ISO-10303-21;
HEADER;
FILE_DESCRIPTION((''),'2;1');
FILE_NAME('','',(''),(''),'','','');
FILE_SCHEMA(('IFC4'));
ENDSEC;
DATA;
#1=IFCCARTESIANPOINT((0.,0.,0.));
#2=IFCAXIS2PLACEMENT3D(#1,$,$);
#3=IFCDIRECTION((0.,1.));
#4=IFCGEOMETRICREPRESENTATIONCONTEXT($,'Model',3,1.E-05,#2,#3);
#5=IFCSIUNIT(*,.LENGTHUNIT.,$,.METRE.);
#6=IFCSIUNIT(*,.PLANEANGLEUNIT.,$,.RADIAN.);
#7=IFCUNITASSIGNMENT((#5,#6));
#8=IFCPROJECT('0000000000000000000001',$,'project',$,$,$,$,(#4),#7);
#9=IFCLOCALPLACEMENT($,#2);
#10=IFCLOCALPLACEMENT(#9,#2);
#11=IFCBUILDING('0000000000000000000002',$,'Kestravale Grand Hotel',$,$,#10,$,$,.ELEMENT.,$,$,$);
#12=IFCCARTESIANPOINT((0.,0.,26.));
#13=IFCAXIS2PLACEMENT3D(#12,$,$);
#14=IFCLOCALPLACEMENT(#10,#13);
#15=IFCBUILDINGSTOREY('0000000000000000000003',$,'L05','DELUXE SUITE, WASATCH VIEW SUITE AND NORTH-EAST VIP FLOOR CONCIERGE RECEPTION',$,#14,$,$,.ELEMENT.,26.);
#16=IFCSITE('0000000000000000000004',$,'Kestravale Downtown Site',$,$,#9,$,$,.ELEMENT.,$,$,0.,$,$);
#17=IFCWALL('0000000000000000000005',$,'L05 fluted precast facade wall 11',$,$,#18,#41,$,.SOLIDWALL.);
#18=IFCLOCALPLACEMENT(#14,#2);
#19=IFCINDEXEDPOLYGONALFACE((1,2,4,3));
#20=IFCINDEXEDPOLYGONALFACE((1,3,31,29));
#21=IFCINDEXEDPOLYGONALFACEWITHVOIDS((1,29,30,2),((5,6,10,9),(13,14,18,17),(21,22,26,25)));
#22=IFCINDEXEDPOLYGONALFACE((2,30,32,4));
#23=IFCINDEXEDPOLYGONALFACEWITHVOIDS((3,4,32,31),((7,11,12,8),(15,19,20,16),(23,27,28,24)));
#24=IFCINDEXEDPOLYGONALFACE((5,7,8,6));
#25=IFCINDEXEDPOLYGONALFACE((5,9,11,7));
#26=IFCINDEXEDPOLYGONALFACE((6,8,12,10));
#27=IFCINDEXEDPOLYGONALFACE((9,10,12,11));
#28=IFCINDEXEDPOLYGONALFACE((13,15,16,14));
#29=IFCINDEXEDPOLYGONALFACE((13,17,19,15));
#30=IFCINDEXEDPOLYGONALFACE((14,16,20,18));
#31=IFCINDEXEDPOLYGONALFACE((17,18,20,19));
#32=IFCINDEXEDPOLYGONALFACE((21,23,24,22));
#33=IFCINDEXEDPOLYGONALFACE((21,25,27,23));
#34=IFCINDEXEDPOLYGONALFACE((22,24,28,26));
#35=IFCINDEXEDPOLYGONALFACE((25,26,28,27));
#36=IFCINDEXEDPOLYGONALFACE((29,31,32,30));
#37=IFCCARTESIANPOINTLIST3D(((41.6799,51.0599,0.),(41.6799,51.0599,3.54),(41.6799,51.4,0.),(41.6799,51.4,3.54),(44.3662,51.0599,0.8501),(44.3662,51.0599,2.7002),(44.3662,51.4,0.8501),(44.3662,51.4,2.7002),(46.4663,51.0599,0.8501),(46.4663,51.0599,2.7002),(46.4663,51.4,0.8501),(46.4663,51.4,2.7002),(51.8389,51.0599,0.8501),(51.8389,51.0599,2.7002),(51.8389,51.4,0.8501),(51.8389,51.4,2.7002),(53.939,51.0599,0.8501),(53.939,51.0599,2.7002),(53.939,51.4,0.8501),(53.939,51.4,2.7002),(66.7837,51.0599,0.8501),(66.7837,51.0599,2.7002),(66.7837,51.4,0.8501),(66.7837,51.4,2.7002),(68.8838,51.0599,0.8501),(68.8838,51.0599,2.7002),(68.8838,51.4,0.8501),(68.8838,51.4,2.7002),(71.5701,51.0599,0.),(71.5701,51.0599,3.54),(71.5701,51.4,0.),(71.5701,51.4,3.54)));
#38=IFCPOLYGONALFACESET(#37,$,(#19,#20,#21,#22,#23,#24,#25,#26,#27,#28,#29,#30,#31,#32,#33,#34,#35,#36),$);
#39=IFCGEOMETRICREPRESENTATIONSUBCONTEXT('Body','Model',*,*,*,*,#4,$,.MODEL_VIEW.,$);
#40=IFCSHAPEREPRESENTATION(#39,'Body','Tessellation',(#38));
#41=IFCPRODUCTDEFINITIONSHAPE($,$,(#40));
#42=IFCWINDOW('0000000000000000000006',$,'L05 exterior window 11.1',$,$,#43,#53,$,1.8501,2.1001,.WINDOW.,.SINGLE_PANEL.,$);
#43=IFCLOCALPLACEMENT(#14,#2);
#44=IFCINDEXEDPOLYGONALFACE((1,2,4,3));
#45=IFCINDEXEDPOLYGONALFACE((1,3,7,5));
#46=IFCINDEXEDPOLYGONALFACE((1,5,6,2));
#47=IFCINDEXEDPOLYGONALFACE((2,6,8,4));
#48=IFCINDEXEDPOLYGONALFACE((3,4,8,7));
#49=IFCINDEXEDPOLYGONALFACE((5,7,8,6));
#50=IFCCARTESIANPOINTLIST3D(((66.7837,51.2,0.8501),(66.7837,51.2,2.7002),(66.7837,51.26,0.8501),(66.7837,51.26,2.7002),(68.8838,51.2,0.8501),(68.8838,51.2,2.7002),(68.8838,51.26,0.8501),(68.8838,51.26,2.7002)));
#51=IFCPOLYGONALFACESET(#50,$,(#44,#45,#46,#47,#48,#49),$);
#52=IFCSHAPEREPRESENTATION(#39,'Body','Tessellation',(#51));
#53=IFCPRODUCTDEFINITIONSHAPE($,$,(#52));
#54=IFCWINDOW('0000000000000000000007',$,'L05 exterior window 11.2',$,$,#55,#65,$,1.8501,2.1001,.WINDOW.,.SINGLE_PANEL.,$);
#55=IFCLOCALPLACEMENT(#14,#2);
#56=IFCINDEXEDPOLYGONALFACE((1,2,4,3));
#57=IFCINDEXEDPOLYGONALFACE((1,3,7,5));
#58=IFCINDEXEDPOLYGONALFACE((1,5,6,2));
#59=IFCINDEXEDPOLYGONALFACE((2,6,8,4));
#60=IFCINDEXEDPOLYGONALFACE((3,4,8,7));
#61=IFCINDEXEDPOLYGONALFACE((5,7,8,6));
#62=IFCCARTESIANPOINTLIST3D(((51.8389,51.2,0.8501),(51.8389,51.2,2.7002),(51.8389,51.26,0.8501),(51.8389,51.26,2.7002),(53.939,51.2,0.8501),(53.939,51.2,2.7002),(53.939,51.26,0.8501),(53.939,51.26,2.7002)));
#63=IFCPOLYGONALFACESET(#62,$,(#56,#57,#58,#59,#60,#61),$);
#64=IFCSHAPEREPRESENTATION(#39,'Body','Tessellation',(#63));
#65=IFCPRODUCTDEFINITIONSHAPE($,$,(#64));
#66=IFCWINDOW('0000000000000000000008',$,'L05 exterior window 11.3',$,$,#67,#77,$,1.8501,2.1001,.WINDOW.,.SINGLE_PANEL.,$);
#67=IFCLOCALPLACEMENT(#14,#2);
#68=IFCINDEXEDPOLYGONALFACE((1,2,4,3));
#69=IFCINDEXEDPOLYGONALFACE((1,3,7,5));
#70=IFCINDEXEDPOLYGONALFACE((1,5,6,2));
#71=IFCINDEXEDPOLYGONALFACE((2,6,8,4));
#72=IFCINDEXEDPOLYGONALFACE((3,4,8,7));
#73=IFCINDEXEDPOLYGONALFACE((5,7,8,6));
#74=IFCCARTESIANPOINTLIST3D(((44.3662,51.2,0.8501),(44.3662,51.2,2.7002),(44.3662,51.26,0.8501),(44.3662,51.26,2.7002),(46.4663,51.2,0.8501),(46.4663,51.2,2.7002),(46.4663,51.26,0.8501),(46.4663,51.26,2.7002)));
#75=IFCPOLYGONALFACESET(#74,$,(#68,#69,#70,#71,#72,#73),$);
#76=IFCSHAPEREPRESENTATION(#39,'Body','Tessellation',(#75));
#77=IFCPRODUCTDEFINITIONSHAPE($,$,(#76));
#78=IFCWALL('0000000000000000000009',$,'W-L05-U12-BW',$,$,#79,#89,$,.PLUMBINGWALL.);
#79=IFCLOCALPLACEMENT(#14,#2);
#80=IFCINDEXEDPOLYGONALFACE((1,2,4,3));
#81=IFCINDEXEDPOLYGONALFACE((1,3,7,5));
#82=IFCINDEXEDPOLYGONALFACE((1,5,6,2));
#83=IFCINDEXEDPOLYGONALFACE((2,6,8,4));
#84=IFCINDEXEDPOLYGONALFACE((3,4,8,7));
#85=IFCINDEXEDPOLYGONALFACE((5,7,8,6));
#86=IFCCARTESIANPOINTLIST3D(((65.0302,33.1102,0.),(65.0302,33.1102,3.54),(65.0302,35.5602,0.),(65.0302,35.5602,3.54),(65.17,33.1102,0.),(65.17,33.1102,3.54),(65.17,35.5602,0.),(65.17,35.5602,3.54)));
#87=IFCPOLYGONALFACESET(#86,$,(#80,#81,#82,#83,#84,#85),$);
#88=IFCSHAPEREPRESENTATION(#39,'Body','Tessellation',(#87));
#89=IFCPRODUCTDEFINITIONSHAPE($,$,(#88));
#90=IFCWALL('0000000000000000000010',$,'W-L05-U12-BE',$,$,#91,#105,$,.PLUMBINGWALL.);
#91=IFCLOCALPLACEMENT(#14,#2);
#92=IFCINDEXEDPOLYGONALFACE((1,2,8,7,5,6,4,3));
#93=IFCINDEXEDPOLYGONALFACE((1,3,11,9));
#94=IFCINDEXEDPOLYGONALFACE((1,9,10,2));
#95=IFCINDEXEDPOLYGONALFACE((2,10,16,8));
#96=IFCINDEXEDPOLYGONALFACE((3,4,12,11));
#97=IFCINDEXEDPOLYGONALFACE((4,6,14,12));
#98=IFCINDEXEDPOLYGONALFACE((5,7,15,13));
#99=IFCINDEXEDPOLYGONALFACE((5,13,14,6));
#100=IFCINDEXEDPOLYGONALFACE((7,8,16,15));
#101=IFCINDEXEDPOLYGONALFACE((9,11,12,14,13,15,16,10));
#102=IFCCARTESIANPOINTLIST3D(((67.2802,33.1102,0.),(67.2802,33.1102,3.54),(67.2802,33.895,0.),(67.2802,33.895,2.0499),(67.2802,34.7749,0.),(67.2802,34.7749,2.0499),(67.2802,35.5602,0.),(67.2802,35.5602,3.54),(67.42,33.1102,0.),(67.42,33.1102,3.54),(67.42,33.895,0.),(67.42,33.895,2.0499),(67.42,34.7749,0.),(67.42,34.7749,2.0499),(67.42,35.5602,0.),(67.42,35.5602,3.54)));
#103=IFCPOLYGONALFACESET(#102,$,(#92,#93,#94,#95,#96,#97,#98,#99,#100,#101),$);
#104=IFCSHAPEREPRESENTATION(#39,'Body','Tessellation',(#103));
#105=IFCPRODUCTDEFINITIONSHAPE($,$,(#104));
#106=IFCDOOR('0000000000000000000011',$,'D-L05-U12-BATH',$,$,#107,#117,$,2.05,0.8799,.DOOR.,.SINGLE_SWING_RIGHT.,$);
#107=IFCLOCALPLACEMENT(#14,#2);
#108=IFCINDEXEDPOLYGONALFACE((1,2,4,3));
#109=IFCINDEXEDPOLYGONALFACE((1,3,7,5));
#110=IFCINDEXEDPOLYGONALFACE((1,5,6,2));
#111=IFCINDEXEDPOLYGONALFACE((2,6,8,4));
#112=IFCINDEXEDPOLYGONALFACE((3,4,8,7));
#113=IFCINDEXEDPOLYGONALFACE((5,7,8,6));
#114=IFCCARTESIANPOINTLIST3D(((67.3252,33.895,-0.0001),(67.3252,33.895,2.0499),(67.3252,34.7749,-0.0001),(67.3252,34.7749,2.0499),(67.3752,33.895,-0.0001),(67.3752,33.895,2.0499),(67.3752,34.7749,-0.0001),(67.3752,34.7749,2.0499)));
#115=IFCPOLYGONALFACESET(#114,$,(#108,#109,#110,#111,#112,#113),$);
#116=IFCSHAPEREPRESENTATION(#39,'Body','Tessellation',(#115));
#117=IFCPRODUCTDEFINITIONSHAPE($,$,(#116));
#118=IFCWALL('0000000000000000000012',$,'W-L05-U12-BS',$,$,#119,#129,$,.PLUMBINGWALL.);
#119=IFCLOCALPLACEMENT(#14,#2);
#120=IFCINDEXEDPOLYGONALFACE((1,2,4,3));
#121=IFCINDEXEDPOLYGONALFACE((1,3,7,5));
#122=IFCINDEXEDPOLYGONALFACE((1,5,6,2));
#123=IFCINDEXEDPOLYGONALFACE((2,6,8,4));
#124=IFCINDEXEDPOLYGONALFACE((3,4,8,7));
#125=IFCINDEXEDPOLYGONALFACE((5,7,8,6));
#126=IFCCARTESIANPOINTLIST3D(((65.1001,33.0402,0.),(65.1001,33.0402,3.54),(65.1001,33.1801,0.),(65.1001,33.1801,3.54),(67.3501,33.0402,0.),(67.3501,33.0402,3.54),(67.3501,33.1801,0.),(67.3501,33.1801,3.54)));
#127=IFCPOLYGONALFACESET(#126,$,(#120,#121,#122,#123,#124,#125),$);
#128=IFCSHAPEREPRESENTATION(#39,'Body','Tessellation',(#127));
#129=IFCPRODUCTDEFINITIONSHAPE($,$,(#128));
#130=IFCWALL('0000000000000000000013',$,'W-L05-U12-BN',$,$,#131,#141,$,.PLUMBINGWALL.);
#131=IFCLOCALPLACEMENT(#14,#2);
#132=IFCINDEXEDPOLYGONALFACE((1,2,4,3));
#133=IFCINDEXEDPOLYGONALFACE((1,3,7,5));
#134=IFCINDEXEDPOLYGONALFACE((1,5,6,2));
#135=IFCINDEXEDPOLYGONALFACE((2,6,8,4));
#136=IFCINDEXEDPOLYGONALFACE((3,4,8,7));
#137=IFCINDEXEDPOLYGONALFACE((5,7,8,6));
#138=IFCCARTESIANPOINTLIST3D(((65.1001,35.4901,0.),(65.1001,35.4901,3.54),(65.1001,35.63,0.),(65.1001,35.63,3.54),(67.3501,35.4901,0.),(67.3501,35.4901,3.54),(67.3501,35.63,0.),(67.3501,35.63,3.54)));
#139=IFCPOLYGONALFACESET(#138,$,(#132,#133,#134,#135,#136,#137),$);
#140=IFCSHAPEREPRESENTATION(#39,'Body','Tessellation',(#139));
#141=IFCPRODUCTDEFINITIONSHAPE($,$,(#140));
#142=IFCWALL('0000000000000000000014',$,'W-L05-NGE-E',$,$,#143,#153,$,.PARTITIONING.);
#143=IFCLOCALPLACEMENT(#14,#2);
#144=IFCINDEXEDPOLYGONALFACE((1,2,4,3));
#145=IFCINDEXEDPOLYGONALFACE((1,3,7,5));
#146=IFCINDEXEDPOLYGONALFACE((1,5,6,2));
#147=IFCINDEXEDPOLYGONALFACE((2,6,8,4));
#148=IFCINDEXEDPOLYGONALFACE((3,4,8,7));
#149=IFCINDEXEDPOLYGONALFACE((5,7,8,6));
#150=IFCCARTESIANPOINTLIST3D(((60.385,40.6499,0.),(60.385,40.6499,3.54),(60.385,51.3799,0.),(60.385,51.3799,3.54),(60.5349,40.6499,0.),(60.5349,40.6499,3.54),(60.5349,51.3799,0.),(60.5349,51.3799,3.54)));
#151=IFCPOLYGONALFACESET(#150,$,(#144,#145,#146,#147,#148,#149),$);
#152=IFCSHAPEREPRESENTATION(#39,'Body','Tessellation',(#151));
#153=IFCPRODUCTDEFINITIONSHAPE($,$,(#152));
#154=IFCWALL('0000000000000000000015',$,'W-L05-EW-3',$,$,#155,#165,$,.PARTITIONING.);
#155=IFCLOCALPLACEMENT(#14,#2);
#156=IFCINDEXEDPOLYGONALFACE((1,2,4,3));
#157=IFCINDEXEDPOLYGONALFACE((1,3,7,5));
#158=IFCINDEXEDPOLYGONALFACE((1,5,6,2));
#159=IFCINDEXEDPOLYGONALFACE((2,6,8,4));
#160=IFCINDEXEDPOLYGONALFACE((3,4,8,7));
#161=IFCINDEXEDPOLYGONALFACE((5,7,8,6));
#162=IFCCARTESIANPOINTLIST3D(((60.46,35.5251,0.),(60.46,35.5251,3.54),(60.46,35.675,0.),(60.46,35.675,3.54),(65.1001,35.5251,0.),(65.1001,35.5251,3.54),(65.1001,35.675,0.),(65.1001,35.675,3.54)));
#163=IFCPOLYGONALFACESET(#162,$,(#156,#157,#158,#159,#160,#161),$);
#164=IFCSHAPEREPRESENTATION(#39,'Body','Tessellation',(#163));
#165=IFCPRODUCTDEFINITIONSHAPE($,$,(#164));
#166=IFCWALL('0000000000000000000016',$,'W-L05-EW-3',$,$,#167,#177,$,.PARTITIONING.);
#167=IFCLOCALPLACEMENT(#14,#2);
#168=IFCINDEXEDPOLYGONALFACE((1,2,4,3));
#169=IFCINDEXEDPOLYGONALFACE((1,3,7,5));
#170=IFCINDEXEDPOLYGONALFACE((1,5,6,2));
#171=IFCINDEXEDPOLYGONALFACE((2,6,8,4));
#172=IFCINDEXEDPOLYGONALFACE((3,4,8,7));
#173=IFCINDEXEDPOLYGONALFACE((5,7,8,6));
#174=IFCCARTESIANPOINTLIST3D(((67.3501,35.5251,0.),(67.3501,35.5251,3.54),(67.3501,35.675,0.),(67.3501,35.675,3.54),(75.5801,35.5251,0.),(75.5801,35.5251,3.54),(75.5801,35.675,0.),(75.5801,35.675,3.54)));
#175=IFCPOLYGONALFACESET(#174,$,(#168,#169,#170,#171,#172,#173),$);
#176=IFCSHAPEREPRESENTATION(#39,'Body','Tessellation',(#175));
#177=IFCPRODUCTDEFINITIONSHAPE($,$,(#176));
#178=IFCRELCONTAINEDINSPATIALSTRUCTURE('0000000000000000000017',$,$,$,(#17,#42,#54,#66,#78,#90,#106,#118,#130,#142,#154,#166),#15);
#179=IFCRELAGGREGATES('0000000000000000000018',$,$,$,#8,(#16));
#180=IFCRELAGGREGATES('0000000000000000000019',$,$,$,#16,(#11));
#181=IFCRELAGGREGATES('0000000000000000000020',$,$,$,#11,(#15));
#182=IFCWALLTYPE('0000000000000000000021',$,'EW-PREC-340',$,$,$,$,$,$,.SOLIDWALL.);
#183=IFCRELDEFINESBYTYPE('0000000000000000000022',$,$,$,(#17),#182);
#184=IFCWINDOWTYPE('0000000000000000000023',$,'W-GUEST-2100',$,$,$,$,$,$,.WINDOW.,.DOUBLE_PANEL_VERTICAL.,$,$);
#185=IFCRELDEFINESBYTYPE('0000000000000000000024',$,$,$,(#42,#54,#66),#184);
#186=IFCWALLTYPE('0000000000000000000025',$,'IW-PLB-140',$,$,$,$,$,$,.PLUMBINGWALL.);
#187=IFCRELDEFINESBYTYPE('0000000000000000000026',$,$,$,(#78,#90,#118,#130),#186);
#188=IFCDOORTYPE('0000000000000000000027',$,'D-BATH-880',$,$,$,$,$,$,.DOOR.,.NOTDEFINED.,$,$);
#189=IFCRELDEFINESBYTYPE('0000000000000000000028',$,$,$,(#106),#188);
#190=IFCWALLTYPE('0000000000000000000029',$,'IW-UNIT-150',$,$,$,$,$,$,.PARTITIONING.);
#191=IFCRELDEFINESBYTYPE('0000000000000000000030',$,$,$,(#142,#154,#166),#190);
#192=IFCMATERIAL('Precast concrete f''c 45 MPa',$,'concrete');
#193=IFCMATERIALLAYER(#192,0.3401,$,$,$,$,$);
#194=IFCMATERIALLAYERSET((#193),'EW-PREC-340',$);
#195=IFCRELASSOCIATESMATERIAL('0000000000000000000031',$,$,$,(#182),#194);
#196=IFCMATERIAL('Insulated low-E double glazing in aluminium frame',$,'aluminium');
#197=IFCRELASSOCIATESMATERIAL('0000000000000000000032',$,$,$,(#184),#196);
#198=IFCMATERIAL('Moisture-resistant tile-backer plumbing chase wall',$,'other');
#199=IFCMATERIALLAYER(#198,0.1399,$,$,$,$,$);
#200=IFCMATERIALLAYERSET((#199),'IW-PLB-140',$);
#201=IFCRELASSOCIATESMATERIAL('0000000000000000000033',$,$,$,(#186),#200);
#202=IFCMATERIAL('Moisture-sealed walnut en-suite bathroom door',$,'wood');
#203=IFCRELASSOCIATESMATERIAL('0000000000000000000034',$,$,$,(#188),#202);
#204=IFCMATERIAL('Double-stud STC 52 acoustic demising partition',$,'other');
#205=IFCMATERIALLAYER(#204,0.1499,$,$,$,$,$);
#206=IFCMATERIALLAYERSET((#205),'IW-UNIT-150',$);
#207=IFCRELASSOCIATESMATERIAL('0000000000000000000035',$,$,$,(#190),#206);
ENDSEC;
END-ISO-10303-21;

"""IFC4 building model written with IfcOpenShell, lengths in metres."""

from ifc_helpers import new_model, si_unit, direction, frame, frame_2d, origin, place, context, subcontext, project, spatial, rectangle, extrude, material, layer, layer_set, type_object, element, fill, save


model = new_model("IFC4")

# Units and contexts
model_context = context("Model", 3, precision=1e-05, world=origin(), true_north=direction((0.0, 1.0)))
body_context = subcontext(model_context, "Body", "Model", "MODEL_VIEW")
ifc_project = project(units=[si_unit("LENGTHUNIT", "METRE"), si_unit("PLANEANGLEUNIT", "RADIAN")], contexts=[model_context])

# Site, building, storey
site_placement = place(None, origin())
site = spatial("IfcSite", under=ifc_project, at=site_placement, Name="Kestravale Downtown Site", CompositionType="ELEMENT", RefElevation=0.0)
building_placement = place(site_placement, origin())
building = spatial("IfcBuilding", under=site, at=building_placement, Name="Kestravale Grand Hotel", CompositionType="ELEMENT")
storey_placement = place(building_placement, frame((0.0, 0.0, 26.0)))
storey = spatial("IfcBuildingStorey", under=building, at=storey_placement, Name="L05", Description="DELUXE SUITE, WASATCH VIEW SUITE AND NORTH-EAST VIP FLOOR CONCIERGE RECEPTION", CompositionType="ELEMENT", Elevation=26.0)

# Shared definitions
ifc_material_1 = material(Name="Precast concrete f'c 45 MPa", Category="concrete")
ifc_layer_1 = layer(ifc_material_1, 0.3401)
ifc_layer_set_1 = layer_set([ifc_layer_1], Name="EW-PREC-340")
wall_type_1 = type_object("IfcWallType", Name="EW-PREC-340", PredefinedType="SOLIDWALL", material=ifc_layer_set_1)
ifc_material_2 = material(Name="Insulated low-E double glazing in aluminium frame", Category="aluminium")
window_type = type_object("IfcWindowType", Name="W-GUEST-2100", PartitioningType="DOUBLE_PANEL_VERTICAL", PredefinedType="WINDOW", material=ifc_material_2)

# Wall, openings, windows
wall_1_placement = place(storey_placement, frame((71.5701, 51.23, 0.0), z_axis=(0.0, 0.0, 1.0), x_axis=(-1.0, 0.0, 0.0)))
wall_1 = element("IfcWall", 1, at=wall_1_placement, inside=storey, type_object=wall_type_1, Name="L05 fluted precast facade wall 11", PredefinedType="SOLIDWALL", context=body_context, shape_type="SweptSolid", body=[
    extrude(rectangle(XDim=29.8901, YDim=0.3401, at=frame_2d((14.9451, 0.0))), origin(), (0.0, 0.0, 1.0), 3.54),
])
opening_1_placement = place(wall_1_placement, frame((2.6863, 0.0, 0.8501)))
opening_1 = element("IfcOpeningElement", 2, at=opening_1_placement, cuts=wall_1, PredefinedType="OPENING", context=body_context, shape_type="SweptSolid", body=[
    extrude(rectangle(XDim=2.1001, YDim=1.8501, at=frame_2d((1.05, 0.925))), frame((0.0, 0.1799, 0.0), z_axis=(0.0, -1.0, 0.0), x_axis=(1.0, 0.0, 0.0)), (0.0, 0.0, 1.0), 0.3601),
])
opening_2_placement = place(wall_1_placement, frame((17.6311, 0.0, 0.8501)))
opening_2 = element("IfcOpeningElement", 3, at=opening_2_placement, cuts=wall_1, PredefinedType="OPENING", context=body_context, shape_type="SweptSolid", body=[
    extrude(rectangle(XDim=2.1001, YDim=1.8501, at=frame_2d((1.05, 0.925))), frame((0.0, 0.1799, 0.0), z_axis=(0.0, -1.0, 0.0), x_axis=(1.0, 0.0, 0.0)), (0.0, 0.0, 1.0), 0.3601),
])
opening_3_placement = place(wall_1_placement, frame((25.1038, 0.0, 0.8501)))
opening_3 = element("IfcOpeningElement", 4, at=opening_3_placement, cuts=wall_1, PredefinedType="OPENING", context=body_context, shape_type="SweptSolid", body=[
    extrude(rectangle(XDim=2.1001, YDim=1.8501, at=frame_2d((1.05, 0.925))), frame((0.0, 0.1799, 0.0), z_axis=(0.0, -1.0, 0.0), x_axis=(1.0, 0.0, 0.0)), (0.0, 0.0, 1.0), 0.3601),
])
window_1_placement = place(opening_1_placement, origin())
window_1 = element("IfcWindow", 5, at=window_1_placement, inside=storey, type_object=window_type, Name="L05 exterior window 11.1", OverallHeight=1.8501, OverallWidth=2.1001, PartitioningType="SINGLE_PANEL", PredefinedType="WINDOW", context=body_context, shape_type="SweptSolid", body=[
    extrude(rectangle(XDim=2.1001, YDim=1.8501, at=frame_2d((1.05, 0.925))), frame((0.0, 0.03, 0.0), z_axis=(0.0, -1.0, 0.0), x_axis=(1.0, 0.0, 0.0)), (0.0, 0.0, 1.0), 0.0601),
])
fill(opening_1, window_1)
window_2_placement = place(opening_2_placement, origin())
window_2 = element("IfcWindow", 6, at=window_2_placement, inside=storey, type_object=window_type, Name="L05 exterior window 11.2", OverallHeight=1.8501, OverallWidth=2.1001, PartitioningType="SINGLE_PANEL", PredefinedType="WINDOW", context=body_context, shape_type="SweptSolid", body=[
    extrude(rectangle(XDim=2.1001, YDim=1.8501, at=frame_2d((1.05, 0.925))), frame((0.0, 0.03, 0.0), z_axis=(0.0, -1.0, 0.0), x_axis=(1.0, 0.0, 0.0)), (0.0, 0.0, 1.0), 0.0601),
])
fill(opening_2, window_2)
window_3_placement = place(opening_3_placement, origin())
window_3 = element("IfcWindow", 7, at=window_3_placement, inside=storey, type_object=window_type, Name="L05 exterior window 11.3", OverallHeight=1.8501, OverallWidth=2.1001, PartitioningType="SINGLE_PANEL", PredefinedType="WINDOW", context=body_context, shape_type="SweptSolid", body=[
    extrude(rectangle(XDim=2.1001, YDim=1.8501, at=frame_2d((1.05, 0.925))), frame((0.0, 0.03, 0.0), z_axis=(0.0, -1.0, 0.0), x_axis=(1.0, 0.0, 0.0)), (0.0, 0.0, 1.0), 0.0601),
])
fill(opening_3, window_3)

# Wall
ifc_material_3 = material(Name="Moisture-resistant tile-backer plumbing chase wall", Category="other")
ifc_layer_2 = layer(ifc_material_3, 0.1399)
ifc_layer_set_2 = layer_set([ifc_layer_2], Name="IW-PLB-140")
wall_type_2 = type_object("IfcWallType", Name="IW-PLB-140", PredefinedType="PLUMBINGWALL", material=ifc_layer_set_2)
wall_2_placement = place(storey_placement, frame((65.1001, 33.1101, 0.0), z_axis=(0.0, 0.0, 1.0), x_axis=(0.0, 1.0, 0.0)))
element("IfcWall", 8, at=wall_2_placement, inside=storey, type_object=wall_type_2, Name="W-L05-U12-BW", PredefinedType="PLUMBINGWALL", context=body_context, shape_type="SweptSolid", body=[
    extrude(rectangle(XDim=2.45, YDim=0.1399, at=frame_2d((1.2251, 0.0))), origin(), (0.0, 0.0, 1.0), 3.54),
])

# Wall, opening, door
wall_3_placement = place(storey_placement, frame((67.3501, 33.1101, 0.0), z_axis=(0.0, 0.0, 1.0), x_axis=(0.0, 1.0, 0.0)))
wall_3 = element("IfcWall", 9, at=wall_3_placement, inside=storey, type_object=wall_type_2, Name="W-L05-U12-BE", PredefinedType="PLUMBINGWALL", context=body_context, shape_type="SweptSolid", body=[
    extrude(rectangle(XDim=2.45, YDim=0.1399, at=frame_2d((1.2251, 0.0))), origin(), (0.0, 0.0, 1.0), 3.54),
])
opening_4_placement = place(wall_3_placement, frame((0.7849, 0.0, 0.0)))
opening_4 = element("IfcOpeningElement", 10, at=opening_4_placement, cuts=wall_3, PredefinedType="OPENING", context=body_context, shape_type="SweptSolid", body=[
    extrude(rectangle(XDim=0.8799, YDim=2.05, at=frame_2d((0.4399, 1.0249))), frame((0.0, 0.0798, 0.0), z_axis=(0.0, -1.0, 0.0), x_axis=(1.0, 0.0, 0.0)), (0.0, 0.0, 1.0), 0.1599),
])
ifc_material_4 = material(Name="Moisture-sealed walnut en-suite bathroom door", Category="wood")
door_type = type_object("IfcDoorType", Name="D-BATH-880", OperationType="NOTDEFINED", PredefinedType="DOOR", material=ifc_material_4)
door_placement = place(opening_4_placement, origin())
door = element("IfcDoor", 11, at=door_placement, inside=storey, type_object=door_type, Name="D-L05-U12-BATH", OperationType="SINGLE_SWING_RIGHT", OverallHeight=2.05, OverallWidth=0.8799, PredefinedType="DOOR", context=body_context, shape_type="SweptSolid", body=[
    extrude(rectangle(XDim=0.8799, YDim=2.05, at=frame_2d((0.4399, 1.0249))), frame((0.0, 0.0249, 0.0), z_axis=(0.0, -1.0, 0.0), x_axis=(1.0, 0.0, 0.0)), (0.0, 0.0, 1.0), 0.05),
])
fill(opening_4, door)

# Walls
for number, where, z_axis, x_axis, name in (
    (12, (65.1001, 33.1101, 0.0), (0.0, 0.0, 1.0), (1.0, 0.0, 0.0), "W-L05-U12-BS"),
    (13, (65.1001, 35.5601, 0.0), (0.0, 0.0, 1.0), (1.0, 0.0, 0.0), "W-L05-U12-BN"),
):
    element("IfcWall", number, at=place(storey_placement, frame(where, z_axis=z_axis, x_axis=x_axis)), inside=storey, type_object=wall_type_2, Name=name, PredefinedType="PLUMBINGWALL", context=body_context, shape_type="SweptSolid", body=[
        extrude(rectangle(XDim=2.25, YDim=0.1399, at=frame_2d((1.125, 0.0))), origin(), (0.0, 0.0, 1.0), 3.54),
    ])
ifc_material_5 = material(Name="Double-stud STC 52 acoustic demising partition", Category="other")
ifc_layer_3 = layer(ifc_material_5, 0.1499)
ifc_layer_set_3 = layer_set([ifc_layer_3], Name="IW-UNIT-150")
wall_type_3 = type_object("IfcWallType", Name="IW-UNIT-150", PredefinedType="PARTITIONING", material=ifc_layer_set_3)
wall_4_placement = place(storey_placement, frame((60.46, 40.6499, 0.0), z_axis=(0.0, 0.0, 1.0), x_axis=(0.0, 1.0, 0.0)))
element("IfcWall", 14, at=wall_4_placement, inside=storey, type_object=wall_type_3, Name="W-L05-NGE-E", PredefinedType="PARTITIONING", context=body_context, shape_type="SweptSolid", body=[
    extrude(rectangle(XDim=10.73, YDim=0.1499, at=frame_2d((5.365, 0.0))), origin(), (0.0, 0.0, 1.0), 3.54),
])
wall_5_placement = place(storey_placement, frame((60.46, 35.6001, 0.0), z_axis=(0.0, 0.0, 1.0), x_axis=(1.0, 0.0, 0.0)))
element("IfcWall", 15, at=wall_5_placement, inside=storey, type_object=wall_type_3, Name="W-L05-EW-3", PredefinedType="PARTITIONING", context=body_context, shape_type="SweptSolid", body=[
    extrude(rectangle(XDim=4.6401, YDim=0.1499, at=frame_2d((2.3201, 0.0))), origin(), (0.0, 0.0, 1.0), 3.54),
])
wall_6_placement = place(storey_placement, frame((67.3501, 35.6001, 0.0), z_axis=(0.0, 0.0, 1.0), x_axis=(1.0, 0.0, 0.0)))
element("IfcWall", 16, at=wall_6_placement, inside=storey, type_object=wall_type_3, Name="W-L05-EW-3", PredefinedType="PARTITIONING", context=body_context, shape_type="SweptSolid", body=[
    extrude(rectangle(XDim=8.23, YDim=0.1499, at=frame_2d((4.115, 0.0))), origin(), (0.0, 0.0, 1.0), 3.54),
])

save(model, "model.ifc")
